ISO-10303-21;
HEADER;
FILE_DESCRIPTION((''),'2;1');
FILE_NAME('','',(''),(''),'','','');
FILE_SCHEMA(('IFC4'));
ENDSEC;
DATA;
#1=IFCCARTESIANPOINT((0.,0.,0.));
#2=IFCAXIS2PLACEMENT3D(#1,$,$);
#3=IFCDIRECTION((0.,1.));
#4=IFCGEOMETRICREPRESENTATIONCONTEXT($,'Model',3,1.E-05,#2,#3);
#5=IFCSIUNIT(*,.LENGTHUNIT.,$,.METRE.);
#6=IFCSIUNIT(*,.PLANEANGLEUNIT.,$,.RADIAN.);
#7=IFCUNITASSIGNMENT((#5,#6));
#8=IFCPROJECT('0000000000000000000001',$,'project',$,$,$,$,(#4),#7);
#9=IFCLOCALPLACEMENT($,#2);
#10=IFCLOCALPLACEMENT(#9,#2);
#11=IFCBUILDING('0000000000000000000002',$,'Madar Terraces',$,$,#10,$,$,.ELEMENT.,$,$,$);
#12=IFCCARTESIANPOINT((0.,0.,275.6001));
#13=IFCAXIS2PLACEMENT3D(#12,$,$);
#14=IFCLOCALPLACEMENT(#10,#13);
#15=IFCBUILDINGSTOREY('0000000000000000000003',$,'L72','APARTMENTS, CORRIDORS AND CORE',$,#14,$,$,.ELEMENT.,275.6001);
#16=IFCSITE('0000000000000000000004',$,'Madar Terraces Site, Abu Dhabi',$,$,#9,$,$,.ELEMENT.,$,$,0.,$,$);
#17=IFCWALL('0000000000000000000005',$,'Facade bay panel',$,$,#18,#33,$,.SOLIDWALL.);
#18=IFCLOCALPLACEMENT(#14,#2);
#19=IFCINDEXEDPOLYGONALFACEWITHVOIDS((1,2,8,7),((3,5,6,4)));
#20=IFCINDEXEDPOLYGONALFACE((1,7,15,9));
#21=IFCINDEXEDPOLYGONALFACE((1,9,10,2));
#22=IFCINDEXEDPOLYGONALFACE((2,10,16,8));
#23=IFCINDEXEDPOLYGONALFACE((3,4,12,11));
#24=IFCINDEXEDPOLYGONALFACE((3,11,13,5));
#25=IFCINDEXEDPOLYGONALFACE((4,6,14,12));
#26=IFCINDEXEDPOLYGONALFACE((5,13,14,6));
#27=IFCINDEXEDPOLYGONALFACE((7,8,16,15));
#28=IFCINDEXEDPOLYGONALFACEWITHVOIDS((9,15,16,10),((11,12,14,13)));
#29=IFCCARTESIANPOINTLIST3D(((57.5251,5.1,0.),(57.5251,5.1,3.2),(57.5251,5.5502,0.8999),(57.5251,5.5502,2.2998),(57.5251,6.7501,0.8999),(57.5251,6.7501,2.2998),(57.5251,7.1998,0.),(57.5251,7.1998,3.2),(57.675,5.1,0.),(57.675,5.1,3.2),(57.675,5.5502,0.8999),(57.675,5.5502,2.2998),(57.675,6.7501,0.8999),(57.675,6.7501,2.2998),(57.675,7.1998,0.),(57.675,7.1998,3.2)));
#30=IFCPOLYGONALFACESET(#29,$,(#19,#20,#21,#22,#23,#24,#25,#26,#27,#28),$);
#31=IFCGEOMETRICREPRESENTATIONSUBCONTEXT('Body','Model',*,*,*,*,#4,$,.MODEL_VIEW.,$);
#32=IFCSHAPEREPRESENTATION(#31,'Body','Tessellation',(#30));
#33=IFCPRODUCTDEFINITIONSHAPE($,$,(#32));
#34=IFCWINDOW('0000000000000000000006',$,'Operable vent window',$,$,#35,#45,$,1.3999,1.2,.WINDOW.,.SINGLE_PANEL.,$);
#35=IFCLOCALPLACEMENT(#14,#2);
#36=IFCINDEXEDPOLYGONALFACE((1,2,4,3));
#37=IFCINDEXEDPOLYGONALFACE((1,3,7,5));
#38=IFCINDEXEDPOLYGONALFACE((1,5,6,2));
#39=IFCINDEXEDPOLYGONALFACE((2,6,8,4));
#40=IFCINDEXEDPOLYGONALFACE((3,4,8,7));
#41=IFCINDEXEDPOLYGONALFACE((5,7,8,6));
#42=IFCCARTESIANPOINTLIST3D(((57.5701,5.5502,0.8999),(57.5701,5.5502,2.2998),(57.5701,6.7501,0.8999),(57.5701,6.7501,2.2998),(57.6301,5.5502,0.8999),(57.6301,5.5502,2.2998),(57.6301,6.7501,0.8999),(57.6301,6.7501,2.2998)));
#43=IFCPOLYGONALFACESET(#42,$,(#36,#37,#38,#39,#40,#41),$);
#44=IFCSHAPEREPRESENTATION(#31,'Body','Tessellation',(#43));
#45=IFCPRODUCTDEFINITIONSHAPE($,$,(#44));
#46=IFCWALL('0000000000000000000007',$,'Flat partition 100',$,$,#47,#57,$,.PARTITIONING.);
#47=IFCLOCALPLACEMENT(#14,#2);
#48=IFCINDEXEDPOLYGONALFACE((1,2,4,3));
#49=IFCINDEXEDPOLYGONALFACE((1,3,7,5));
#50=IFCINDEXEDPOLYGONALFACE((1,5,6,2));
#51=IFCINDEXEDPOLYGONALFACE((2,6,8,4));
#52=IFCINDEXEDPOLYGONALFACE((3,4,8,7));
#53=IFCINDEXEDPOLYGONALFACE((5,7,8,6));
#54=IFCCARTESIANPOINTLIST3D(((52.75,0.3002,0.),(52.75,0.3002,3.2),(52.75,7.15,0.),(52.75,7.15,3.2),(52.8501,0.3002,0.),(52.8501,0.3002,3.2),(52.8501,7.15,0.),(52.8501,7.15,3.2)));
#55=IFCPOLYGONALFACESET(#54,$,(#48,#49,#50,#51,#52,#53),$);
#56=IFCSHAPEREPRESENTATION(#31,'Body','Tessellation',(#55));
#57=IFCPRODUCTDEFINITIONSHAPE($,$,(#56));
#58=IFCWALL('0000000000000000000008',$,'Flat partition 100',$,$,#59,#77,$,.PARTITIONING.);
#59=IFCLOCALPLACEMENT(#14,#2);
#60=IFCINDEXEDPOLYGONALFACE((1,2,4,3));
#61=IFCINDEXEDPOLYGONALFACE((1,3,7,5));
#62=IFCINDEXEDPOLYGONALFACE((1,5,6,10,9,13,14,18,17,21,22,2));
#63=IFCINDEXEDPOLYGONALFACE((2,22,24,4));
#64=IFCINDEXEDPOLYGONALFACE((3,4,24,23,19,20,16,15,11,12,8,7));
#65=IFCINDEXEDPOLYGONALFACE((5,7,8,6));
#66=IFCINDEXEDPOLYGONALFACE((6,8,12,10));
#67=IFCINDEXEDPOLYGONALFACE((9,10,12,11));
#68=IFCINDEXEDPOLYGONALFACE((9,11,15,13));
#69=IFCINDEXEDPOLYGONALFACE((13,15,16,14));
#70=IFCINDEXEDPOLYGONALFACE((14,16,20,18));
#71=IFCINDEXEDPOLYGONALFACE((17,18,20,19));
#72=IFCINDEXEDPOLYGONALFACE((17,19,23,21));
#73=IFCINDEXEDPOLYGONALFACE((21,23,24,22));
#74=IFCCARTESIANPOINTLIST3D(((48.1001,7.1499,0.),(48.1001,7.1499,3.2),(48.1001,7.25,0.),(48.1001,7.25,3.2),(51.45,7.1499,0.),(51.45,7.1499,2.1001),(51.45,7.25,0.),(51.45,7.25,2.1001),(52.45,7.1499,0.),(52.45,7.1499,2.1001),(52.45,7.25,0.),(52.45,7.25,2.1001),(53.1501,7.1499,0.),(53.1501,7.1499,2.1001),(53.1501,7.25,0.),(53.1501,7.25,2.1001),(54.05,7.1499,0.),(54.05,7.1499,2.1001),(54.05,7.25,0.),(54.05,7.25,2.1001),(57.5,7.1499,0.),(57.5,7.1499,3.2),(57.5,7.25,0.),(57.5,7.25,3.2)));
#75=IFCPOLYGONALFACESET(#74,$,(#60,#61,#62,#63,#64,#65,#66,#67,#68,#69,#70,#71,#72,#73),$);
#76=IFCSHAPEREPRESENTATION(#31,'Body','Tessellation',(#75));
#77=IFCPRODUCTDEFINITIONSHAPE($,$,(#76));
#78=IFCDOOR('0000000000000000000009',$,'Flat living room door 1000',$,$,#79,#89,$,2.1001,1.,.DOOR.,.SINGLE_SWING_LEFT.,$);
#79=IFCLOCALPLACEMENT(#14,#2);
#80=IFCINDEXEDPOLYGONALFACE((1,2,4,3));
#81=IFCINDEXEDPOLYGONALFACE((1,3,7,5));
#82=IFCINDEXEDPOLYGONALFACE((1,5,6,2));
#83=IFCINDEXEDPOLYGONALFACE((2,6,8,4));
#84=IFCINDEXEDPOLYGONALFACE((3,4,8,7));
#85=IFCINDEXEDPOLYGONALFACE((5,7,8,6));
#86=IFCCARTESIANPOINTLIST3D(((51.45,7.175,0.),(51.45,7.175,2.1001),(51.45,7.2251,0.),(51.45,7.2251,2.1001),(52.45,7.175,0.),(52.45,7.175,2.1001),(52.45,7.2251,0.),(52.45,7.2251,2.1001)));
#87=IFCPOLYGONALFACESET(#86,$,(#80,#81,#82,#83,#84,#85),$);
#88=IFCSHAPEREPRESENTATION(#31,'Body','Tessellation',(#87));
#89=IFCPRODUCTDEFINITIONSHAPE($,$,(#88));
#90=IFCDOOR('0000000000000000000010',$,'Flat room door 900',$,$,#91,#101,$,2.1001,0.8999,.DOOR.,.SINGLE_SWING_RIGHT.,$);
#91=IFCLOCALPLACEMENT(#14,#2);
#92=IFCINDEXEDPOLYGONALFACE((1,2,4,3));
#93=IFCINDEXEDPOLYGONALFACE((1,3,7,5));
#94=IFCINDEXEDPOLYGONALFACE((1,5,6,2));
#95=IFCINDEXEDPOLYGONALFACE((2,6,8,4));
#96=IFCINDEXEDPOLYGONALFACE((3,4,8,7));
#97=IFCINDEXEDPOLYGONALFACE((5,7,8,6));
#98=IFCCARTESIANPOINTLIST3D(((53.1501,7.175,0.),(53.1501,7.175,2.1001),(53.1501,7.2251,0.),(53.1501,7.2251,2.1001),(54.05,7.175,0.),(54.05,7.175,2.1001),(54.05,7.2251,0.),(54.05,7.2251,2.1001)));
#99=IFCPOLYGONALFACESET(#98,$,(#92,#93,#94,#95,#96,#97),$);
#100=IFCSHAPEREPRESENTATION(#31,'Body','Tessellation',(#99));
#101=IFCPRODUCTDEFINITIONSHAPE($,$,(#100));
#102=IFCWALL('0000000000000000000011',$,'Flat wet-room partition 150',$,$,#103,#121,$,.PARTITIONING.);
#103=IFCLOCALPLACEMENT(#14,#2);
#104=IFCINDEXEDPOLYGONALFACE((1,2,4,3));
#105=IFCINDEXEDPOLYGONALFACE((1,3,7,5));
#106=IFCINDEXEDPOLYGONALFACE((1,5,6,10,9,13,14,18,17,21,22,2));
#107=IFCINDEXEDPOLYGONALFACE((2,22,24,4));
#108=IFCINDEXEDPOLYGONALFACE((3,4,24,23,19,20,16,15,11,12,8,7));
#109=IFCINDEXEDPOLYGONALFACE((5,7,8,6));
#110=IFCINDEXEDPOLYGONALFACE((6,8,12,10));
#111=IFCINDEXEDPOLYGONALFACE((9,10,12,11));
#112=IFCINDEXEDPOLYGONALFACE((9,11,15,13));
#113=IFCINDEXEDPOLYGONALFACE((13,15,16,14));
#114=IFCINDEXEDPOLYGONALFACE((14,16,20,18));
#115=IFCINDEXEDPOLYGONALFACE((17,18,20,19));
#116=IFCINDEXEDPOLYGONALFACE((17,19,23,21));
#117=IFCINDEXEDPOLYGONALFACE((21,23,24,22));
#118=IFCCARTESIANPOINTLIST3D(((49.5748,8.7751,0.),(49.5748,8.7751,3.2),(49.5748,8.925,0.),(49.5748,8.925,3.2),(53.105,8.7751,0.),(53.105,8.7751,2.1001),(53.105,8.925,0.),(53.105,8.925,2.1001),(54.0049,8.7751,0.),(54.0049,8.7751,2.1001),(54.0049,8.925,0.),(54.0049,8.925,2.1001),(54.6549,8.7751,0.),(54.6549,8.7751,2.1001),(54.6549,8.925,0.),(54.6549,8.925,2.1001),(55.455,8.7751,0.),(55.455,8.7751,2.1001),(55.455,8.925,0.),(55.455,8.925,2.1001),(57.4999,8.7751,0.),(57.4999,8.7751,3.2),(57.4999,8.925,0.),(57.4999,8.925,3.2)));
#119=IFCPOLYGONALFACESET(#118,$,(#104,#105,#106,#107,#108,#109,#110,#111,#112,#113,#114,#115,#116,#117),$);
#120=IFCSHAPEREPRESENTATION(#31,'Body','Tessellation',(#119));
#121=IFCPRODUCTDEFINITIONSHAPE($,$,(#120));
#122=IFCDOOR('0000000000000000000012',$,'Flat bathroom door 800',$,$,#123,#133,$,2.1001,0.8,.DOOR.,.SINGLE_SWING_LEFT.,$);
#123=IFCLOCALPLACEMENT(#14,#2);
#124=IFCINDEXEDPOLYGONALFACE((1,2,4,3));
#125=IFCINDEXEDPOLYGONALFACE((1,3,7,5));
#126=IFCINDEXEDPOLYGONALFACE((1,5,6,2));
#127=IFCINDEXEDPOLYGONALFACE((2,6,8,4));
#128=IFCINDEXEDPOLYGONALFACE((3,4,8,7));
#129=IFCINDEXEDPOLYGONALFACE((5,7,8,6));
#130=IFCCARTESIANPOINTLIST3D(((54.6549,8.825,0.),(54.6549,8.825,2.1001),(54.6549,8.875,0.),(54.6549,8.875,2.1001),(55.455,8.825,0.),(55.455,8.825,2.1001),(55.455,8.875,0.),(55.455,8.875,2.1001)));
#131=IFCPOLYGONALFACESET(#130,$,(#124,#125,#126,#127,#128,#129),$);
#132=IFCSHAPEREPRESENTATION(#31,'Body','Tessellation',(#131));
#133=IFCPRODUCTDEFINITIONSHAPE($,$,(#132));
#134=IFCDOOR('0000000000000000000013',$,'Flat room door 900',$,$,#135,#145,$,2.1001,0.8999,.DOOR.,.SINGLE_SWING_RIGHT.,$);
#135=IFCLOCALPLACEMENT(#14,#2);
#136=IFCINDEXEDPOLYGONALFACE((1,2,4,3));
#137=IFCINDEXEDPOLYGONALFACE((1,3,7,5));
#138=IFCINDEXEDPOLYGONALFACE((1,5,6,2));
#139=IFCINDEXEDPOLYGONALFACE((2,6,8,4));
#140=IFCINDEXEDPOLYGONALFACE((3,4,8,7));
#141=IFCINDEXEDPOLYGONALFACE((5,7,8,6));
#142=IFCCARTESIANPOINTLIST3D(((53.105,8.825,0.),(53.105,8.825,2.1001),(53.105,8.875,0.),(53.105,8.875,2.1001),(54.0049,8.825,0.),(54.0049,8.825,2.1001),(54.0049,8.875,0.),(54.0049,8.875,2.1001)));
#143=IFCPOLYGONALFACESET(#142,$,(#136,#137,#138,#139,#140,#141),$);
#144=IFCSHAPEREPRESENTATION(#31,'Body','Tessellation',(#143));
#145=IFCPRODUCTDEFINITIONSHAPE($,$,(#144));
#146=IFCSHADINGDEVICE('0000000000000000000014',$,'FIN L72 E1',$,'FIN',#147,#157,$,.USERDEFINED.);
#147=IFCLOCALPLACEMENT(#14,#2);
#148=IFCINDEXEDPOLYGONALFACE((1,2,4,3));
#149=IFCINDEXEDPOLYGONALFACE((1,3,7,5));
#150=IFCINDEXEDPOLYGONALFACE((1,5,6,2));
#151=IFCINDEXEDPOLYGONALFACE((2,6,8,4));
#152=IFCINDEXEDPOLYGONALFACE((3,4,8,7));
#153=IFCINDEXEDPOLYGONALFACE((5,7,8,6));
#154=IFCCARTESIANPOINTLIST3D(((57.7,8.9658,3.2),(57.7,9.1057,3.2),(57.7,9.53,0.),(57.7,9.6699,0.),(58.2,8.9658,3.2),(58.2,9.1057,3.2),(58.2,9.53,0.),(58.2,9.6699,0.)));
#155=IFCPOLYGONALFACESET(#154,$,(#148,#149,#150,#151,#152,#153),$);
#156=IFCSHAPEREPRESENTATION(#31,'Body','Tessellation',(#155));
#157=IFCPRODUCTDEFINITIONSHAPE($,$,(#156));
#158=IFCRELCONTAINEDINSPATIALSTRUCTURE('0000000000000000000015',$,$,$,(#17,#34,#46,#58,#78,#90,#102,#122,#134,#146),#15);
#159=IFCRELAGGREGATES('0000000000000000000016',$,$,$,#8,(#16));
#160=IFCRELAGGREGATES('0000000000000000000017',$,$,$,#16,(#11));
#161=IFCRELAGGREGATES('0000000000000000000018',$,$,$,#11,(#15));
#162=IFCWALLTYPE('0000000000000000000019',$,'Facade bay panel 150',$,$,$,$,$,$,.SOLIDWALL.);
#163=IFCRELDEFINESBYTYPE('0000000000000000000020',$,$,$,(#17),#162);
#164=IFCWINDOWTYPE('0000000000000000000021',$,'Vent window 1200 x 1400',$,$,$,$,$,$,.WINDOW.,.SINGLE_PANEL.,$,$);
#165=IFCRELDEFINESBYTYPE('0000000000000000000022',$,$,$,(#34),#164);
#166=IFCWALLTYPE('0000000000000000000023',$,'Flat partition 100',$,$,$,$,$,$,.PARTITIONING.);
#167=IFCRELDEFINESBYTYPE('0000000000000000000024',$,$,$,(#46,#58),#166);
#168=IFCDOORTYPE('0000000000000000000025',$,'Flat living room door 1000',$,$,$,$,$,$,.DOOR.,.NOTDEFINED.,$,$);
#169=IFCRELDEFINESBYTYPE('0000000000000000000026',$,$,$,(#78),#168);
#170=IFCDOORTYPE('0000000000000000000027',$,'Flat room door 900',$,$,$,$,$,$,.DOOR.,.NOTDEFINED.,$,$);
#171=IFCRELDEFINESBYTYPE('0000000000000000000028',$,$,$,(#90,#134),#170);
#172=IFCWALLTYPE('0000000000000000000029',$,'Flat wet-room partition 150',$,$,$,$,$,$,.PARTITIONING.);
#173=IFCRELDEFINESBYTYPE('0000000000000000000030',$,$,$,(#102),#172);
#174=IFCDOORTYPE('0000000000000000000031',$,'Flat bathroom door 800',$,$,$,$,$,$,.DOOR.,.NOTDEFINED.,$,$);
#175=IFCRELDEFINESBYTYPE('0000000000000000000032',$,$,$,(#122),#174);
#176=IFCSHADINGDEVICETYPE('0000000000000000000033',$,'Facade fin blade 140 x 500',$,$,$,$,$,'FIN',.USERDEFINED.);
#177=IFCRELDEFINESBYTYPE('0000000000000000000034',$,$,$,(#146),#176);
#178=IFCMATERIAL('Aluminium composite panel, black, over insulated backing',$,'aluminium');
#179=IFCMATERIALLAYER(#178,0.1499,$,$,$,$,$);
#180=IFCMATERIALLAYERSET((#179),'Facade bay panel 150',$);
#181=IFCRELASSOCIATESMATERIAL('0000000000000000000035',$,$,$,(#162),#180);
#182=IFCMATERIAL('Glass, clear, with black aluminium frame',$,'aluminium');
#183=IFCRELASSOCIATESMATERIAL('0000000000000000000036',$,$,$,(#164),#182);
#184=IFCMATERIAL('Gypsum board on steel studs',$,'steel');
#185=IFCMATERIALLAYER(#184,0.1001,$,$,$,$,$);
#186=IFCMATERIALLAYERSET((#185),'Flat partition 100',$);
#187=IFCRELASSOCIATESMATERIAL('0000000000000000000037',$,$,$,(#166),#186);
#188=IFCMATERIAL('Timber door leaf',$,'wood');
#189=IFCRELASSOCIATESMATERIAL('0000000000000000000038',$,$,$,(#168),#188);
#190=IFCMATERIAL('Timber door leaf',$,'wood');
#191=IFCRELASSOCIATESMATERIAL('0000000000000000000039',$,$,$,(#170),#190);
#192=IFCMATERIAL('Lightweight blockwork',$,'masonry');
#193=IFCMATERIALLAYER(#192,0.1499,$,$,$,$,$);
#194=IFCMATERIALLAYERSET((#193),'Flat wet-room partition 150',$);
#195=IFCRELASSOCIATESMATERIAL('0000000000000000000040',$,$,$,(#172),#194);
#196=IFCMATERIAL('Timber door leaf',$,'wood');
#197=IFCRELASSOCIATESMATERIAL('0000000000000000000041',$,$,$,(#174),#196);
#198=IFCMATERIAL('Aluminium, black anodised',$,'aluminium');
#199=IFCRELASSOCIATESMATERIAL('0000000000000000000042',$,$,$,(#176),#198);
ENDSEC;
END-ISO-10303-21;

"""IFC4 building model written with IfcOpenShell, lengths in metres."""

from ifc_helpers import new_model, si_unit, direction, frame, frame_2d, origin, place, context, subcontext, project, spatial, polyline, rectangle, outline, extrude, material, layer, layer_set, type_object, element, fill, save


model = new_model("IFC4")

# Units and contexts
model_context = context("Model", 3, precision=1e-05, world=origin(), true_north=direction((0.0, 1.0)))
body_context = subcontext(model_context, "Body", "Model", "MODEL_VIEW")
ifc_project = project(units=[si_unit("LENGTHUNIT", "METRE"), si_unit("PLANEANGLEUNIT", "RADIAN")], contexts=[model_context])

# Site, building, storey
site_placement = place(None, origin())
site = spatial("IfcSite", under=ifc_project, at=site_placement, Name="Madar Terraces Site, Abu Dhabi", CompositionType="ELEMENT", RefElevation=0.0)
building_placement = place(site_placement, origin())
building = spatial("IfcBuilding", under=site, at=building_placement, Name="Madar Terraces", CompositionType="ELEMENT")
storey_placement = place(building_placement, frame((0.0, 0.0, 275.6001)))
storey = spatial("IfcBuildingStorey", under=building, at=storey_placement, Name="L72", Description="APARTMENTS, CORRIDORS AND CORE", CompositionType="ELEMENT", Elevation=275.6001)

# Shared definitions
ifc_material_1 = material(Name="Aluminium composite panel, black, over insulated backing", Category="aluminium")
ifc_layer_1 = layer(ifc_material_1, 0.1499)
ifc_layer_set_1 = layer_set([ifc_layer_1], Name="Facade bay panel 150")
wall_type_1 = type_object("IfcWallType", Name="Facade bay panel 150", PredefinedType="SOLIDWALL", material=ifc_layer_set_1)

# Wall, opening, window
wall_1_placement = place(storey_placement, frame((57.6001, 5.1001, 0.0), z_axis=(0.0, 0.0, 1.0), x_axis=(0.0, 1.0, 0.0)))
wall_1 = element("IfcWall", 1, at=wall_1_placement, inside=storey, type_object=wall_type_1, Name="Facade bay panel", PredefinedType="SOLIDWALL", context=body_context, shape_type="SweptSolid", body=[
    extrude(rectangle(XDim=2.0999, YDim=0.1499, at=frame_2d((1.0498, 0.0))), origin(), (0.0, 0.0, 1.0), 3.2),
])
opening_1_placement = place(wall_1_placement, frame((0.45, 0.0, 0.8999)))
opening_1 = element("IfcOpeningElement", 2, at=opening_1_placement, cuts=wall_1, PredefinedType="OPENING", context=body_context, shape_type="SweptSolid", body=[
    extrude(rectangle(XDim=1.2, YDim=1.3999, at=frame_2d((0.6001, 0.7))), frame((0.0, 0.085, 0.0), z_axis=(0.0, -1.0, 0.0), x_axis=(1.0, 0.0, 0.0)), (0.0, 0.0, 1.0), 0.1699),
])
ifc_material_2 = material(Name="Glass, clear, with black aluminium frame", Category="aluminium")
window_type = type_object("IfcWindowType", Name="Vent window 1200 x 1400", PartitioningType="SINGLE_PANEL", PredefinedType="WINDOW", material=ifc_material_2)
window_placement = place(opening_1_placement, origin())
window = element("IfcWindow", 3, at=window_placement, inside=storey, type_object=window_type, Name="Operable vent window", OverallHeight=1.3999, OverallWidth=1.2, PartitioningType="SINGLE_PANEL", PredefinedType="WINDOW", context=body_context, shape_type="SweptSolid", body=[
    extrude(rectangle(XDim=1.2, YDim=1.3999, at=frame_2d((0.6001, 0.7))), frame((0.0, 0.03, 0.0), z_axis=(0.0, -1.0, 0.0), x_axis=(1.0, 0.0, 0.0)), (0.0, 0.0, 1.0), 0.0601),
])
fill(opening_1, window)

# Wall
ifc_material_3 = material(Name="Gypsum board on steel studs", Category="steel")
ifc_layer_2 = layer(ifc_material_3, 0.1001)
ifc_layer_set_2 = layer_set([ifc_layer_2], Name="Flat partition 100")
wall_type_2 = type_object("IfcWallType", Name="Flat partition 100", PredefinedType="PARTITIONING", material=ifc_layer_set_2)
wall_2_placement = place(storey_placement, frame((52.8, 7.1499, 0.0), z_axis=(0.0, 0.0, 1.0), x_axis=(0.0, -1.0, 0.0)))
element("IfcWall", 4, at=wall_2_placement, inside=storey, type_object=wall_type_2, Name="Flat partition 100", PredefinedType="PARTITIONING", context=body_context, shape_type="SweptSolid", body=[
    extrude(rectangle(XDim=6.8499, YDim=0.1001, at=frame_2d((3.4248, 0.0))), origin(), (0.0, 0.0, 1.0), 3.2),
])

# Walls, openings, doors
wall_3_placement = place(storey_placement, frame((57.5, 7.2, 0.0), z_axis=(0.0, 0.0, 1.0), x_axis=(-1.0, 0.0, 0.0)))
wall_3 = element("IfcWall", 5, at=wall_3_placement, inside=storey, type_object=wall_type_2, Name="Flat partition 100", PredefinedType="PARTITIONING", context=body_context, shape_type="SweptSolid", body=[
    extrude(rectangle(XDim=9.3999, YDim=0.1001, at=frame_2d((4.7, 0.0))), origin(), (0.0, 0.0, 1.0), 3.2),
])
opening_2_placement = place(wall_3_placement, frame((5.05, 0.0, 0.0)))
opening_2 = element("IfcOpeningElement", 6, at=opening_2_placement, cuts=wall_3, PredefinedType="OPENING", context=body_context, shape_type="SweptSolid", body=[
    extrude(rectangle(XDim=1.0, YDim=2.1001, at=frame_2d((0.5, 1.05))), frame((0.0, 0.0601, 0.0), z_axis=(0.0, -1.0, 0.0), x_axis=(1.0, 0.0, 0.0)), (0.0, 0.0, 1.0), 0.1201),
])
opening_3_placement = place(wall_3_placement, frame((3.45, 0.0, 0.0)))
opening_3 = element("IfcOpeningElement", 7, at=opening_3_placement, cuts=wall_3, PredefinedType="OPENING", context=body_context, shape_type="SweptSolid", body=[
    extrude(rectangle(XDim=0.8999, YDim=2.1001, at=frame_2d((0.45, 1.05))), frame((0.0, 0.0601, 0.0), z_axis=(0.0, -1.0, 0.0), x_axis=(1.0, 0.0, 0.0)), (0.0, 0.0, 1.0), 0.1201),
])
ifc_material_4 = material(Name="Timber door leaf", Category="wood")
door_type_1 = type_object("IfcDoorType", Name="Flat living room door 1000", OperationType="NOTDEFINED", PredefinedType="DOOR", material=ifc_material_4)
door_1_placement = place(opening_2_placement, origin())
door_1 = element("IfcDoor", 8, at=door_1_placement, inside=storey, type_object=door_type_1, Name="Flat living room door 1000", OperationType="SINGLE_SWING_LEFT", OverallHeight=2.1001, OverallWidth=1.0, PredefinedType="DOOR", context=body_context, shape_type="SweptSolid", body=[
    extrude(rectangle(XDim=1.0, YDim=2.1001, at=frame_2d((0.5, 1.05))), frame((0.0, 0.0249, 0.0), z_axis=(0.0, -1.0, 0.0), x_axis=(1.0, 0.0, 0.0)), (0.0, 0.0, 1.0), 0.05),
])
fill(opening_2, door_1)
ifc_material_5 = material(Name="Timber door leaf", Category="wood")
door_type_2 = type_object("IfcDoorType", Name="Flat room door 900", OperationType="NOTDEFINED", PredefinedType="DOOR", material=ifc_material_5)
door_2_placement = place(opening_3_placement, origin())
door_2 = element("IfcDoor", 9, at=door_2_placement, inside=storey, type_object=door_type_2, Name="Flat room door 900", OperationType="SINGLE_SWING_RIGHT", OverallHeight=2.1001, OverallWidth=0.8999, PredefinedType="DOOR", context=body_context, shape_type="SweptSolid", body=[
    extrude(rectangle(XDim=0.8999, YDim=2.1001, at=frame_2d((0.45, 1.05))), frame((0.0, 0.0249, 0.0), z_axis=(0.0, -1.0, 0.0), x_axis=(1.0, 0.0, 0.0)), (0.0, 0.0, 1.0), 0.05),
])
fill(opening_3, door_2)
ifc_material_6 = material(Name="Lightweight blockwork", Category="masonry")
ifc_layer_3 = layer(ifc_material_6, 0.1499)
ifc_layer_set_3 = layer_set([ifc_layer_3], Name="Flat wet-room partition 150")
wall_type_3 = type_object("IfcWallType", Name="Flat wet-room partition 150", PredefinedType="PARTITIONING", material=ifc_layer_set_3)
wall_4_placement = place(storey_placement, frame((49.575, 8.8501, 0.0), z_axis=(0.0, 0.0, 1.0), x_axis=(1.0, 0.0, 0.0)))
wall_4 = element("IfcWall", 10, at=wall_4_placement, inside=storey, type_object=wall_type_3, Name="Flat wet-room partition 150", PredefinedType="PARTITIONING", context=body_context, shape_type="SweptSolid", body=[
    extrude(rectangle(XDim=7.925, YDim=0.1499, at=frame_2d((3.9624, 0.0))), origin(), (0.0, 0.0, 1.0), 3.2),
])
opening_4_placement = place(wall_4_placement, frame((3.53, 0.0, 0.0)))
opening_4 = element("IfcOpeningElement", 11, at=opening_4_placement, cuts=wall_4, PredefinedType="OPENING", context=body_context, shape_type="SweptSolid", body=[
    extrude(rectangle(XDim=0.8999, YDim=2.1001, at=frame_2d((0.45, 1.05))), frame((0.0, 0.085, 0.0), z_axis=(0.0, -1.0, 0.0), x_axis=(1.0, 0.0, 0.0)), (0.0, 0.0, 1.0), 0.1699),
])
opening_5_placement = place(wall_4_placement, frame((5.0801, 0.0, 0.0)))
opening_5 = element("IfcOpeningElement", 12, at=opening_5_placement, cuts=wall_4, PredefinedType="OPENING", context=body_context, shape_type="SweptSolid", body=[
    extrude(rectangle(XDim=0.8, YDim=2.1001, at=frame_2d((0.3999, 1.05))), frame((0.0, 0.085, 0.0), z_axis=(0.0, -1.0, 0.0), x_axis=(1.0, 0.0, 0.0)), (0.0, 0.0, 1.0), 0.1699),
])
ifc_material_7 = material(Name="Timber door leaf", Category="wood")
door_type_3 = type_object("IfcDoorType", Name="Flat bathroom door 800", OperationType="NOTDEFINED", PredefinedType="DOOR", material=ifc_material_7)
door_3_placement = place(opening_5_placement, origin())
door_3 = element("IfcDoor", 13, at=door_3_placement, inside=storey, type_object=door_type_3, Name="Flat bathroom door 800", OperationType="SINGLE_SWING_LEFT", OverallHeight=2.1001, OverallWidth=0.8, PredefinedType="DOOR", context=body_context, shape_type="SweptSolid", body=[
    extrude(rectangle(XDim=0.8, YDim=2.1001, at=frame_2d((0.3999, 1.05))), frame((0.0, 0.0249, 0.0), z_axis=(0.0, -1.0, 0.0), x_axis=(1.0, 0.0, 0.0)), (0.0, 0.0, 1.0), 0.05),
])
fill(opening_5, door_3)
door_4_placement = place(opening_4_placement, origin())
door_4 = element("IfcDoor", 14, at=door_4_placement, inside=storey, type_object=door_type_2, Name="Flat room door 900", OperationType="SINGLE_SWING_RIGHT", OverallHeight=2.1001, OverallWidth=0.8999, PredefinedType="DOOR", context=body_context, shape_type="SweptSolid", body=[
    extrude(rectangle(XDim=0.8999, YDim=2.1001, at=frame_2d((0.45, 1.05))), frame((0.0, 0.0249, 0.0), z_axis=(0.0, -1.0, 0.0), x_axis=(1.0, 0.0, 0.0)), (0.0, 0.0, 1.0), 0.05),
])
fill(opening_4, door_4)

# Shading device
ifc_material_8 = material(Name="Aluminium, black anodised", Category="aluminium")
shading_device_type = type_object("IfcShadingDeviceType", Name="Facade fin blade 140 x 500", ElementType="FIN", PredefinedType="USERDEFINED", material=ifc_material_8)
shading_device_1_placement = place(storey_placement, frame((57.95, 9.53, 0.0), z_axis=(0.0, 0.0, 1.0), x_axis=(0.0, 1.0, 0.0)))
element("IfcShadingDevice", 15, at=shading_device_1_placement, inside=storey, type_object=shading_device_type, Name="FIN L72 E1", ObjectType="FIN", PredefinedType="USERDEFINED", context=body_context, shape_type="SweptSolid", body=[
    extrude(outline(polyline([(0.0, 0.0), (0.1399, 0.0), (-0.4243, 3.2), (-0.5642, 3.2), (0.0, 0.0)])), frame((0.0, 0.25, 0.0), z_axis=(0.0, -1.0, 0.0), x_axis=(1.0, 0.0, 0.0)), (0.0, 0.0, 1.0), 0.5),
])

save(model, "model.ifc")
